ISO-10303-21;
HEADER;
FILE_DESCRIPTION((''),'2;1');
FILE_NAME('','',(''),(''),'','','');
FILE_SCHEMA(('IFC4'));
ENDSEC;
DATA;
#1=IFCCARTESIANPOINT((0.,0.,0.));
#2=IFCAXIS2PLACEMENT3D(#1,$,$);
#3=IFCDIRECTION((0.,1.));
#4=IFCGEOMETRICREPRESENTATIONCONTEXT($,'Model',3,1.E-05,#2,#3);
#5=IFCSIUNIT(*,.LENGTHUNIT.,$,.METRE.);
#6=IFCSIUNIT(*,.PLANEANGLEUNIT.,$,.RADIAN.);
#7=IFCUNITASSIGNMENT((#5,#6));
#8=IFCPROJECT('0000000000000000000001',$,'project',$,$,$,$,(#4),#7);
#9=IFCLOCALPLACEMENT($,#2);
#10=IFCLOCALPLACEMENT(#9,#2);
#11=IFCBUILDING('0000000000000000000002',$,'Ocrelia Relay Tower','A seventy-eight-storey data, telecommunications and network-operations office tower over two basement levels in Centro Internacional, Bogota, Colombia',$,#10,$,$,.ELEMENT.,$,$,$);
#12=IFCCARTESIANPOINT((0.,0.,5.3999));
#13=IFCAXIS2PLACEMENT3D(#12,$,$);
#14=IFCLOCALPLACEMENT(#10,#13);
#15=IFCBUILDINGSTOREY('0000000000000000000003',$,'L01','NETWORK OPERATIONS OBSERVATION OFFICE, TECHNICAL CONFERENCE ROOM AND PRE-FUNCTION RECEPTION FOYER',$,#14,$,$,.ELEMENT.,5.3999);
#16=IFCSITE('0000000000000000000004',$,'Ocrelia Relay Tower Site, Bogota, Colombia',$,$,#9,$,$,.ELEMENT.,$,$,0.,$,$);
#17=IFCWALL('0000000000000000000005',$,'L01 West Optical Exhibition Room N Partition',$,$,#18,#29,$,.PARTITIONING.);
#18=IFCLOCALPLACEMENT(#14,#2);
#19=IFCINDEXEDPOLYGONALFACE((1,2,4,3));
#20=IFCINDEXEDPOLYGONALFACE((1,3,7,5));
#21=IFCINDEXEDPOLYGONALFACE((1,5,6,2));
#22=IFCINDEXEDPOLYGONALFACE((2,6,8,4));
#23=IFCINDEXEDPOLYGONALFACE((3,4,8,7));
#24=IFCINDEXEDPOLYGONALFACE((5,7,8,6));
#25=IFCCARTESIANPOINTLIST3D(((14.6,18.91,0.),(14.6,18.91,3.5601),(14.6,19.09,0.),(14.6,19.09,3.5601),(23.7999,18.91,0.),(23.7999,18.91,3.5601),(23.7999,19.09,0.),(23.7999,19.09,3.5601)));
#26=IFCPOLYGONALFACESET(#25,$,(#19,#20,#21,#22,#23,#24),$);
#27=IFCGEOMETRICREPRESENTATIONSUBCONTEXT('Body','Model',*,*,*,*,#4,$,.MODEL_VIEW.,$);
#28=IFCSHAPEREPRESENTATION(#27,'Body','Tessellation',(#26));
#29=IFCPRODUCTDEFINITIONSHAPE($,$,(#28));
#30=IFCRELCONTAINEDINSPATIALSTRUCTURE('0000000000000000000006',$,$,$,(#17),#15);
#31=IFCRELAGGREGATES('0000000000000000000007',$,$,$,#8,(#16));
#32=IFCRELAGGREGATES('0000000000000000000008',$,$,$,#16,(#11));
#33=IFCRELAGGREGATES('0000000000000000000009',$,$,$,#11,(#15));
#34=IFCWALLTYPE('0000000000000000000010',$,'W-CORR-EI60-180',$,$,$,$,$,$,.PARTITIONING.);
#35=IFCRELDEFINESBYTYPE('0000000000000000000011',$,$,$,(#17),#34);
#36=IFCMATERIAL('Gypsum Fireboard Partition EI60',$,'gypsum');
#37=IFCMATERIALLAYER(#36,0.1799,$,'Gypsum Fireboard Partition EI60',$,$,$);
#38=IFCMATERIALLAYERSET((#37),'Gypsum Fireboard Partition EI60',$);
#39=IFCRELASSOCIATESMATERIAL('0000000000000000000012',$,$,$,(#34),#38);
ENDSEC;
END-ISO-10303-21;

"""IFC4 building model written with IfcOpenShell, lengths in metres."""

from ifc_helpers import new_model, si_unit, direction, frame, frame_2d, origin, place, context, subcontext, project, spatial, rectangle, extrude, material, layer, layer_set, type_object, element, save


model = new_model("IFC4")

# Units and contexts
model_context = context("Model", 3, precision=1e-05, world=origin(), true_north=direction((0.0, 1.0)))
body_context = subcontext(model_context, "Body", "Model", "MODEL_VIEW")
ifc_project = project(units=[si_unit("LENGTHUNIT", "METRE"), si_unit("PLANEANGLEUNIT", "RADIAN")], contexts=[model_context])

# Site, building, storey
site_placement = place(None, origin())
site = spatial("IfcSite", under=ifc_project, at=site_placement, Name="Ocrelia Relay Tower Site, Bogota, Colombia", CompositionType="ELEMENT", RefElevation=0.0)
building_placement = place(site_placement, origin())
building = spatial("IfcBuilding", under=site, at=building_placement, Name="Ocrelia Relay Tower", Description="A seventy-eight-storey data, telecommunications and network-operations office tower over two basement levels in Centro Internacional, Bogota, Colombia", CompositionType="ELEMENT")
storey_placement = place(building_placement, frame((0.0, 0.0, 5.3999)))
storey = spatial("IfcBuildingStorey", under=building, at=storey_placement, Name="L01", Description="NETWORK OPERATIONS OBSERVATION OFFICE, TECHNICAL CONFERENCE ROOM AND PRE-FUNCTION RECEPTION FOYER", CompositionType="ELEMENT", Elevation=5.3999)

# Shared definitions
ifc_material_1 = material(Name="Gypsum Fireboard Partition EI60", Category="gypsum")
ifc_layer_1 = layer(ifc_material_1, 0.1799, Name="Gypsum Fireboard Partition EI60")
ifc_layer_set_1 = layer_set([ifc_layer_1], Name="Gypsum Fireboard Partition EI60")
wall_type_1 = type_object("IfcWallType", Name="W-CORR-EI60-180", PredefinedType="PARTITIONING", material=ifc_layer_set_1)

# Wall
wall_1_placement = place(storey_placement, frame((23.8, 19.0, 0.0), z_axis=(0.0, 0.0, 1.0), x_axis=(-1.0, 0.0, 0.0)))
element("IfcWall", 1, at=wall_1_placement, inside=storey, type_object=wall_type_1, Name="L01 West Optical Exhibition Room N Partition", PredefinedType="PARTITIONING", context=body_context, shape_type="SweptSolid", body=[
    extrude(rectangle(XDim=9.2, YDim=0.1799, at=frame_2d((4.6001, 0.0))), origin(), (0.0, 0.0, 1.0), 3.5601),
])

save(model, "model.ifc")
